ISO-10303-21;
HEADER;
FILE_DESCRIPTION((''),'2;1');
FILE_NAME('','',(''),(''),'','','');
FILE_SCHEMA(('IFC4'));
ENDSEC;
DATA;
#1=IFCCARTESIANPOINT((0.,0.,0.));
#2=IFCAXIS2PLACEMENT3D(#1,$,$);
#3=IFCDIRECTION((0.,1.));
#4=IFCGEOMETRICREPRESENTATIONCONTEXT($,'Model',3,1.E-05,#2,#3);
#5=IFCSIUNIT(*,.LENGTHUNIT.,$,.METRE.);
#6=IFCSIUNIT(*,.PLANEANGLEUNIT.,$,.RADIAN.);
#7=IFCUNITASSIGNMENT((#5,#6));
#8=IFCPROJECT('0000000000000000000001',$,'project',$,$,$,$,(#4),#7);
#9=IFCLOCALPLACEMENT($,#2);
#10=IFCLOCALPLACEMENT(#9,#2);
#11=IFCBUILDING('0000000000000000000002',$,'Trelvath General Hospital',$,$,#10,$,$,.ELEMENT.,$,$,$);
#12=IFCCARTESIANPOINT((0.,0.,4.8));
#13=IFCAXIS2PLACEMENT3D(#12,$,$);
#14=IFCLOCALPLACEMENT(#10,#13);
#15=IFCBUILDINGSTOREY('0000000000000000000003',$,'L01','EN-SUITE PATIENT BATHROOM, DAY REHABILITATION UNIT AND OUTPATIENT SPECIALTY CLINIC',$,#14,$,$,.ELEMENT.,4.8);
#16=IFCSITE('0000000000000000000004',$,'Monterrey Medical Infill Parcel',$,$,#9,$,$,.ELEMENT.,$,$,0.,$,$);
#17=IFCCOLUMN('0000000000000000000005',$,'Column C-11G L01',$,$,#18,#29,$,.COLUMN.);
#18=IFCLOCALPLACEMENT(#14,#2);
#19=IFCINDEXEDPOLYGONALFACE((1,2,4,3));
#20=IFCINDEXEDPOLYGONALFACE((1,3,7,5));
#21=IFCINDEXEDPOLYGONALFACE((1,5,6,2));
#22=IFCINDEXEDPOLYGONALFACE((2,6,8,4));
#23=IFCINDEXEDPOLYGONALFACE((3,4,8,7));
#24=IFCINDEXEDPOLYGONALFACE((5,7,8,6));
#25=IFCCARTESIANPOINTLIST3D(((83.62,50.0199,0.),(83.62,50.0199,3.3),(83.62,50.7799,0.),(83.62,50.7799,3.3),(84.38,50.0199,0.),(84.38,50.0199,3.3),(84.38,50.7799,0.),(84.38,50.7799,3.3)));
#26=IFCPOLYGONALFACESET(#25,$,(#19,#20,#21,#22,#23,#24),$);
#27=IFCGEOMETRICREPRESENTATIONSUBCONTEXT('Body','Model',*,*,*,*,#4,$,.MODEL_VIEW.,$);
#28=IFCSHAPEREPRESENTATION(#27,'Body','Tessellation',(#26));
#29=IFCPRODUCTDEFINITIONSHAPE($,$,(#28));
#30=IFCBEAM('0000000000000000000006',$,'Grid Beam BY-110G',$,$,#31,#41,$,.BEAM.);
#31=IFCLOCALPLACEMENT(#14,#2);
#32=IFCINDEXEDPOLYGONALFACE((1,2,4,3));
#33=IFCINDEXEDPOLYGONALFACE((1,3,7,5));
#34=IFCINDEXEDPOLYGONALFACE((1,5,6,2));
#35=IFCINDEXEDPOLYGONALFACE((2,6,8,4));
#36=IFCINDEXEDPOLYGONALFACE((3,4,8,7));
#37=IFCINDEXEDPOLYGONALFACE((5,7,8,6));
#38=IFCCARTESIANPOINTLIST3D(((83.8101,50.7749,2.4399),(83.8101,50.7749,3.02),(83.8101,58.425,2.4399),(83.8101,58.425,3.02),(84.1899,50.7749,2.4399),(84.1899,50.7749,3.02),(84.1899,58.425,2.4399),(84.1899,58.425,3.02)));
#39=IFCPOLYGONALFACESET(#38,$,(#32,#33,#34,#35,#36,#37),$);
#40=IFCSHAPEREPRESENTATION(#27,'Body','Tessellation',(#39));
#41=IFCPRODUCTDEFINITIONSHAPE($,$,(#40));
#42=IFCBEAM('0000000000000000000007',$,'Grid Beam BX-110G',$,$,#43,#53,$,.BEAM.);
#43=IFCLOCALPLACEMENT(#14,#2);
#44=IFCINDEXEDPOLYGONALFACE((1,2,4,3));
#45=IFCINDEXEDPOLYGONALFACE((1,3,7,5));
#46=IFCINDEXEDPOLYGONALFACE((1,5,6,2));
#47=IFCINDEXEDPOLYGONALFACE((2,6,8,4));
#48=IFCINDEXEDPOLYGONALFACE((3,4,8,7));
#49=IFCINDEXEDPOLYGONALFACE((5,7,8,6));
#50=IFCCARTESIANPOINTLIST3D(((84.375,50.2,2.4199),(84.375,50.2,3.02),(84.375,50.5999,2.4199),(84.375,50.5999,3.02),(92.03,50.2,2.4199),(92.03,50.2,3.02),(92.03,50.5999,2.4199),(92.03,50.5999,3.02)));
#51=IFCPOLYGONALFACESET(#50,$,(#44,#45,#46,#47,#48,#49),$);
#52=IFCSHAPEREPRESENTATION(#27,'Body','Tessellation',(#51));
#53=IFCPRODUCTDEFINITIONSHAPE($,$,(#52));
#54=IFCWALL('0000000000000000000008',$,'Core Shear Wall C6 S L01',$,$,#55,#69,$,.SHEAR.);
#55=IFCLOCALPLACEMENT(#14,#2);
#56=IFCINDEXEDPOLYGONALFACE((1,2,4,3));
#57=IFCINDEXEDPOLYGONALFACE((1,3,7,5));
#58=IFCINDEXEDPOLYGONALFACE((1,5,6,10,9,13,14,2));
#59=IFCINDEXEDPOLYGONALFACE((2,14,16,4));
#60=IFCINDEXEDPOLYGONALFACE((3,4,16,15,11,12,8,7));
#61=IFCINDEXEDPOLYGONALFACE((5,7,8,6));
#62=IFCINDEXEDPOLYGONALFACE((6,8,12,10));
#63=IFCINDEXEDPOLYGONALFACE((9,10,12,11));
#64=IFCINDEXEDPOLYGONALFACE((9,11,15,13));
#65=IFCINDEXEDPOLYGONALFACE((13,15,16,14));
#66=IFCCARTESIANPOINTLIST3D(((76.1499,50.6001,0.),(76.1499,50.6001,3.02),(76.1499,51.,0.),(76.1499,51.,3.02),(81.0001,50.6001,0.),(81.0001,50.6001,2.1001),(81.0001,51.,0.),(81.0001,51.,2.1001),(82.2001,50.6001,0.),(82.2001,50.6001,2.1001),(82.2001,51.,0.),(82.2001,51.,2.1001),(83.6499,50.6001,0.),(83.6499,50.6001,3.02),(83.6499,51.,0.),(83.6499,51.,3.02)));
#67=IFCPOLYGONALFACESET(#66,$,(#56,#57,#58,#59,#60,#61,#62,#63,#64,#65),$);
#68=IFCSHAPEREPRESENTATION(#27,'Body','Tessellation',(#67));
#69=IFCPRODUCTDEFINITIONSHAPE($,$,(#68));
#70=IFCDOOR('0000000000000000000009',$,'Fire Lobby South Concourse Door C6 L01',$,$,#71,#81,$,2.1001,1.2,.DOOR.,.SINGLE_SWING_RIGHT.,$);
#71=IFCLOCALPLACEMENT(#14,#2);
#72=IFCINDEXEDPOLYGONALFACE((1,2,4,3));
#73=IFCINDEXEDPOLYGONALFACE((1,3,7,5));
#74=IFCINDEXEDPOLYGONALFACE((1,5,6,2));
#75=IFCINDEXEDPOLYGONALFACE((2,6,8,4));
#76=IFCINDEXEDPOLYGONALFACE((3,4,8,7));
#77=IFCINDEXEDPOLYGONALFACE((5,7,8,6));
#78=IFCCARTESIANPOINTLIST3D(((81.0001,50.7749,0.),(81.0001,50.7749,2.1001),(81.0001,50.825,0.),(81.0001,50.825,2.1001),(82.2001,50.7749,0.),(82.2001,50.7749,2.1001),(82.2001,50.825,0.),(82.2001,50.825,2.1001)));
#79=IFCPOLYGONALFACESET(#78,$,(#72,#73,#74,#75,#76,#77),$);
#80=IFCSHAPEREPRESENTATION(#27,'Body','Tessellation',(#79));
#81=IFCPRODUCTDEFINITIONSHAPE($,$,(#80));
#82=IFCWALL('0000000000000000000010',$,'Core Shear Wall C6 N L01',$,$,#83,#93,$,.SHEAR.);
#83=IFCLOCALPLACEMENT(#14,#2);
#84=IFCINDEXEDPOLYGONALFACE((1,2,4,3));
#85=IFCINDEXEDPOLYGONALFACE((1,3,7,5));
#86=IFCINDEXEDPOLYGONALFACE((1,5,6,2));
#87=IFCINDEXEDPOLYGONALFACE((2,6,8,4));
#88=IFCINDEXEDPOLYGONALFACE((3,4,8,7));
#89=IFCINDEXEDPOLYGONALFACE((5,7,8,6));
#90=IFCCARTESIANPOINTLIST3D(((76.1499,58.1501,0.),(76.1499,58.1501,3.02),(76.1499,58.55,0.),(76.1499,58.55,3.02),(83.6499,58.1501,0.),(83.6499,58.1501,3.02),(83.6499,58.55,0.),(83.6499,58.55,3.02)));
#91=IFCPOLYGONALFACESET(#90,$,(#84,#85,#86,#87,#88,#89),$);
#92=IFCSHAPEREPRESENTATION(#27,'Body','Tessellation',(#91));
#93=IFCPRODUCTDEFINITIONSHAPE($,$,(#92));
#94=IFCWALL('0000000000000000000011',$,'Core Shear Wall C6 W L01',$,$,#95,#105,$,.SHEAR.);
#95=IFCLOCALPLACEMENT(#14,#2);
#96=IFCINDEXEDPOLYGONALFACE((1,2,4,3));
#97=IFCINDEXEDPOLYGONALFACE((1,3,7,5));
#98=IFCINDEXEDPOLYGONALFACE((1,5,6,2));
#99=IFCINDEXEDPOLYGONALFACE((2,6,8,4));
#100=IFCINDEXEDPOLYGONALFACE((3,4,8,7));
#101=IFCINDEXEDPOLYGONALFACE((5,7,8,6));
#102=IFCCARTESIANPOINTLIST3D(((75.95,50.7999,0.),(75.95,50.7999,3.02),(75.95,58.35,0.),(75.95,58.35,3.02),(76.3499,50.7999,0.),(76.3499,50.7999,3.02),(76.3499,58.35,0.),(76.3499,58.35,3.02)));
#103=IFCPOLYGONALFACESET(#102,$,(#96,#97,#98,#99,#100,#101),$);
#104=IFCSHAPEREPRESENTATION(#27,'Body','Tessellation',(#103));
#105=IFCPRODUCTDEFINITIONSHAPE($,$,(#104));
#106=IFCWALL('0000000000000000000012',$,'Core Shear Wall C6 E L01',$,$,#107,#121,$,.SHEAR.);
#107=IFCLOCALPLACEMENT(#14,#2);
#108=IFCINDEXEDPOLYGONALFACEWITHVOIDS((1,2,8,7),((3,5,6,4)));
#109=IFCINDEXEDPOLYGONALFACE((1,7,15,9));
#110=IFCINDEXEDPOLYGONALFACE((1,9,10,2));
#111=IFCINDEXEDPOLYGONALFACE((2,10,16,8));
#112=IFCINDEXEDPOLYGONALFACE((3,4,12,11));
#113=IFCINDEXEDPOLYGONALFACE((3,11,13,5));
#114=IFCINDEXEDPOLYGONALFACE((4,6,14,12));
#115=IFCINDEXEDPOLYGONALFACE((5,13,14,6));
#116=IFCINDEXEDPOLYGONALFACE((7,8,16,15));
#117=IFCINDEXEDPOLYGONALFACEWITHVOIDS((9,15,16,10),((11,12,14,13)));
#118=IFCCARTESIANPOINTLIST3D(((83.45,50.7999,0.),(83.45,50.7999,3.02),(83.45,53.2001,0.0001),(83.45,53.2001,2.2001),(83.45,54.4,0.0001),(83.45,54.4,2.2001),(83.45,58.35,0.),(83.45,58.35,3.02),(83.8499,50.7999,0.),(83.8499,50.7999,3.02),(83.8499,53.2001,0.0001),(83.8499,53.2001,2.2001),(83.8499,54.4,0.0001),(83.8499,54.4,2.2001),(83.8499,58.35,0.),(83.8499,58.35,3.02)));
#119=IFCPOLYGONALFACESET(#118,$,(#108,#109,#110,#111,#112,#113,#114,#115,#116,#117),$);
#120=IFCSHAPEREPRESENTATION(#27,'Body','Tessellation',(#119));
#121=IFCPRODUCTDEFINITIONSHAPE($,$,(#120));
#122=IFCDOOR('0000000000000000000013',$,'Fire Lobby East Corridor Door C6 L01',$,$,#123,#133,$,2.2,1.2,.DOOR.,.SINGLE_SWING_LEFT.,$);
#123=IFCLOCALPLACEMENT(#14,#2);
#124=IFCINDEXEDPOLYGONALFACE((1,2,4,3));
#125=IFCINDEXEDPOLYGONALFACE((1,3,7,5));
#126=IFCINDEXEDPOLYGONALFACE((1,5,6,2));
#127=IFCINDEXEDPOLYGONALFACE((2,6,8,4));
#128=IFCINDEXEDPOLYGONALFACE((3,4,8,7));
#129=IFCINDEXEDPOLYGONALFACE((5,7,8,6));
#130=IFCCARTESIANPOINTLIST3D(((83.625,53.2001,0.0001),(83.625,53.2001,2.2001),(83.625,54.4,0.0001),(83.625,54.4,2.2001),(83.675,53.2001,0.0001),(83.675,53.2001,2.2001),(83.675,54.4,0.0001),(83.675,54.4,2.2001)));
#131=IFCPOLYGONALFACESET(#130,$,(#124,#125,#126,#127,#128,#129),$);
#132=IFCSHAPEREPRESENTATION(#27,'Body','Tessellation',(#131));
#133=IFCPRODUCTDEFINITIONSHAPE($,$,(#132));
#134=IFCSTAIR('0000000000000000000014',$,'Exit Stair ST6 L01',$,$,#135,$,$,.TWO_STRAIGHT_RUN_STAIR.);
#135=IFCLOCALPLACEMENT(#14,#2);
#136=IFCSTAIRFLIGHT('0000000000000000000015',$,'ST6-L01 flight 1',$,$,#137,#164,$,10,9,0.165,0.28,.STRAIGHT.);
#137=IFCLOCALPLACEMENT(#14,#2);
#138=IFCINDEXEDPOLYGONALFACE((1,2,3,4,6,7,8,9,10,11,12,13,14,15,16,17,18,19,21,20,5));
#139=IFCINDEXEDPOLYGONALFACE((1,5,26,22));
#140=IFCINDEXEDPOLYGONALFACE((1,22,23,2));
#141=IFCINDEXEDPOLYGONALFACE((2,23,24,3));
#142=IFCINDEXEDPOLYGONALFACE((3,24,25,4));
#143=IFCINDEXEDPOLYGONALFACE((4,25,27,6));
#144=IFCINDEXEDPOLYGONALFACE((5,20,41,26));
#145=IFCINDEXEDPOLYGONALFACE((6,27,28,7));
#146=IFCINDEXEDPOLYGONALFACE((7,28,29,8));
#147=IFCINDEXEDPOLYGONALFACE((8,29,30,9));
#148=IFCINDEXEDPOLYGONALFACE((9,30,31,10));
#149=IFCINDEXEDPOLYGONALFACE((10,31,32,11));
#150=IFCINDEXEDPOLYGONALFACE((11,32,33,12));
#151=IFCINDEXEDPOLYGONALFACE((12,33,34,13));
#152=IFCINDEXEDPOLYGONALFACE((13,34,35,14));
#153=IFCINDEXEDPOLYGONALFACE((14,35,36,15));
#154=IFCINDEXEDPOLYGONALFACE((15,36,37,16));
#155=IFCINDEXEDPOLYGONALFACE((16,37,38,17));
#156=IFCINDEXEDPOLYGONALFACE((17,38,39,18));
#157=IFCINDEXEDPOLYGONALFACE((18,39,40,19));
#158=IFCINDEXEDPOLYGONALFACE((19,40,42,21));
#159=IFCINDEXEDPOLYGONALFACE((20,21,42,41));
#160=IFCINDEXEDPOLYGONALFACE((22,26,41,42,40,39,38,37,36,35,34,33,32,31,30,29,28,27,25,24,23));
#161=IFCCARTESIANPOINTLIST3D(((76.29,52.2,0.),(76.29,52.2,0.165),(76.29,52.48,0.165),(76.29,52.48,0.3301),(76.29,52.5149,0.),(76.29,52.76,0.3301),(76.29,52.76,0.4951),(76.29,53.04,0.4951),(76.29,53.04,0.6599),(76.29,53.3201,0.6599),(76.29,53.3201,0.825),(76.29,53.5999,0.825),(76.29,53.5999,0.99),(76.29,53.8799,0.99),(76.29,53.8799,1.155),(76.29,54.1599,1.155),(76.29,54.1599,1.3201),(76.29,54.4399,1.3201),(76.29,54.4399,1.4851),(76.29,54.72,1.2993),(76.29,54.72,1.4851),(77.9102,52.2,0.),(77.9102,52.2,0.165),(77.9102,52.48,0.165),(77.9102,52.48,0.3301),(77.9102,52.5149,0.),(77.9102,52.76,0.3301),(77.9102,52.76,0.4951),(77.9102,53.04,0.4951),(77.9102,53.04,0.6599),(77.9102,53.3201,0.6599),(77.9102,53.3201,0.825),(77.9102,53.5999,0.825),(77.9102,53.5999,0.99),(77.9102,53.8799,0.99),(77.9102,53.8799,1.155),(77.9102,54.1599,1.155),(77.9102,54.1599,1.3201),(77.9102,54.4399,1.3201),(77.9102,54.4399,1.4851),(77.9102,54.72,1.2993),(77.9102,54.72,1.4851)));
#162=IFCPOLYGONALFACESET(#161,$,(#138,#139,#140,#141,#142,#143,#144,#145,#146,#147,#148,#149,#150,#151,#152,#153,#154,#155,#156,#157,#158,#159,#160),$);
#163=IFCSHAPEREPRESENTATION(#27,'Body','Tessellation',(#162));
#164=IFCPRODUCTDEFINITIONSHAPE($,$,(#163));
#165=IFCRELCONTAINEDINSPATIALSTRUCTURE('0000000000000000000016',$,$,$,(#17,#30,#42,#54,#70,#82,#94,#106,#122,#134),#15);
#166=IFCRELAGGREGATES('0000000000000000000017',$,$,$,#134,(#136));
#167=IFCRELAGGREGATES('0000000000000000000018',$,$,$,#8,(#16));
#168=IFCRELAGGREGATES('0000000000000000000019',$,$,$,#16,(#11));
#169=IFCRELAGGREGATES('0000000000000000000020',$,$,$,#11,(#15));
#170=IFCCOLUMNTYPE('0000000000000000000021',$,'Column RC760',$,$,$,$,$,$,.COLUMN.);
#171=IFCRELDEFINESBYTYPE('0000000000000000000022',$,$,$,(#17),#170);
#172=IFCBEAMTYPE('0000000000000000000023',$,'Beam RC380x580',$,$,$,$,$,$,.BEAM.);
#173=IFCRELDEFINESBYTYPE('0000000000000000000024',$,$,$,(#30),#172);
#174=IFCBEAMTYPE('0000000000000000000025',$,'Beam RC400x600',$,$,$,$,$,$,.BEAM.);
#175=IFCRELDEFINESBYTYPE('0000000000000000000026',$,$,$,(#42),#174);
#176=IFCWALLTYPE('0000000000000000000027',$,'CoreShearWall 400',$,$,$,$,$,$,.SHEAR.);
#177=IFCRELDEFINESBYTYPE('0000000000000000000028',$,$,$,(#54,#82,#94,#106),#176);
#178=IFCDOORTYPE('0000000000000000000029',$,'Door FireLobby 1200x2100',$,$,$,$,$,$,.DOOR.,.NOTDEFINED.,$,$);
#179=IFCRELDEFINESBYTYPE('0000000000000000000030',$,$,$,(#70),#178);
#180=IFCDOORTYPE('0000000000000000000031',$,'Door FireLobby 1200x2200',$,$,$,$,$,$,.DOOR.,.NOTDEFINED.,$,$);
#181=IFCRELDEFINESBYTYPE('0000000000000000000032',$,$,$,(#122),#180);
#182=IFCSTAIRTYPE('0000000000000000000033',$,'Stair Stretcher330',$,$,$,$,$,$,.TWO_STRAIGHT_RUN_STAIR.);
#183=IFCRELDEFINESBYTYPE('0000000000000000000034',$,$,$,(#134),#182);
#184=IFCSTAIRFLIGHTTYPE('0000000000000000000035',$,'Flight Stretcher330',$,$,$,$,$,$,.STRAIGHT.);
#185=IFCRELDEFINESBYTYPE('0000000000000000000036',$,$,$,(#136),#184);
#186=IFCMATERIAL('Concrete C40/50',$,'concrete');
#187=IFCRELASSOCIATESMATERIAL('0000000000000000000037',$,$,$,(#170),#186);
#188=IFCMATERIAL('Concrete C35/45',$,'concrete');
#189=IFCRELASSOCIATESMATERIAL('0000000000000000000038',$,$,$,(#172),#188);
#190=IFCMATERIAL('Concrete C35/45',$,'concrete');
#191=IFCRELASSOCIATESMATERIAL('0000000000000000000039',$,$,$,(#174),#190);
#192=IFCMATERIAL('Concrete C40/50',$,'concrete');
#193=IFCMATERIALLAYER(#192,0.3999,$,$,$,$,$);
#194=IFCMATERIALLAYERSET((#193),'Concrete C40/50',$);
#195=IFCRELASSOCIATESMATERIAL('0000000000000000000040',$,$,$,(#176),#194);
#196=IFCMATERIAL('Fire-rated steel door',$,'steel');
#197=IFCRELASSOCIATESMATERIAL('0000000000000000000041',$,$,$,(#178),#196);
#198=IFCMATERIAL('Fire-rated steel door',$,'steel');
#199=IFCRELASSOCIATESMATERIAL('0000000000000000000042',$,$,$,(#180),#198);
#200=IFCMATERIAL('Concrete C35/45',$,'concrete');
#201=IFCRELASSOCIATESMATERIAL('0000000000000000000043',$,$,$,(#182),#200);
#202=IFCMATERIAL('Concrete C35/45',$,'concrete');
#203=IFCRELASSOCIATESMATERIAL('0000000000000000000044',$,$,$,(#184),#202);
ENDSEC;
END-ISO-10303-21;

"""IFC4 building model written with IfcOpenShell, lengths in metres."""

from ifc_helpers import new_model, si_unit, direction, frame, frame_2d, origin, origin_2d, place, context, subcontext, project, spatial, polyline, rectangle, outline, extrude, material, layer, layer_set, material_profile, profile_set, type_object, element, fill, aggregate, save


model = new_model("IFC4")

# Units and contexts
model_context = context("Model", 3, precision=1e-05, world=origin(), true_north=direction((0.0, 1.0)))
body_context = subcontext(model_context, "Body", "Model", "MODEL_VIEW")
ifc_project = project(units=[si_unit("LENGTHUNIT", "METRE"), si_unit("PLANEANGLEUNIT", "RADIAN")], contexts=[model_context])

# Site, building, storey
site_placement = place(None, origin())
site = spatial("IfcSite", under=ifc_project, at=site_placement, Name="Monterrey Medical Infill Parcel", CompositionType="ELEMENT", RefElevation=0.0)
building_placement = place(site_placement, origin())
building = spatial("IfcBuilding", under=site, at=building_placement, Name="Trelvath General Hospital", CompositionType="ELEMENT")
storey_placement = place(building_placement, frame((0.0, 0.0, 4.8)))
storey = spatial("IfcBuildingStorey", under=building, at=storey_placement, Name="L01", Description="EN-SUITE PATIENT BATHROOM, DAY REHABILITATION UNIT AND OUTPATIENT SPECIALTY CLINIC", CompositionType="ELEMENT", Elevation=4.8)

# Column
ifc_material_1 = material(Name="Concrete C40/50", Category="concrete")
ifc_material_profile_1 = material_profile(ifc_material_1, rectangle(XDim=0.76, YDim=0.76, at=origin_2d()), Name="RC760x760")
ifc_profile_set_1 = profile_set([ifc_material_profile_1], Name="Concrete C40/50")
column_type = type_object("IfcColumnType", Name="Column RC760", PredefinedType="COLUMN", material=ifc_profile_set_1)
column_placement = place(storey_placement, frame((84.0, 50.3999, 0.0), z_axis=(0.0, 0.0, 1.0), x_axis=(1.0, 0.0, 0.0)))
element("IfcColumn", 1, at=column_placement, inside=storey, type_object=column_type, Name="Column C-11G L01", PredefinedType="COLUMN", context=body_context, shape_type="SweptSolid", body=[
    extrude(rectangle(XDim=0.76, YDim=0.76, at=origin_2d()), origin(), (0.0, 0.0, 1.0), 3.3),
])

# Beams
ifc_material_2 = material(Name="Concrete C35/45", Category="concrete")
ifc_material_profile_2 = material_profile(ifc_material_2, rectangle(XDim=0.3799, YDim=0.5801, at=origin_2d()), Name="RCB380x580")
ifc_profile_set_2 = profile_set([ifc_material_profile_2], Name="Concrete C35/45")
beam_type_1 = type_object("IfcBeamType", Name="Beam RC380x580", PredefinedType="BEAM", material=ifc_profile_set_2)
beam_1_placement = place(storey_placement, frame((84.0, 50.7749, 2.73), z_axis=(0.0, 1.0, 0.0), x_axis=(-1.0, 0.0, 0.0)))
element("IfcBeam", 2, at=beam_1_placement, inside=storey, type_object=beam_type_1, Name="Grid Beam BY-110G", PredefinedType="BEAM", context=body_context, shape_type="SweptSolid", body=[
    extrude(rectangle(XDim=0.3799, YDim=0.5801, at=origin_2d()), origin(), (0.0, 0.0, 1.0), 7.6501),
])
ifc_material_3 = material(Name="Concrete C35/45", Category="concrete")
ifc_material_profile_3 = material_profile(ifc_material_3, rectangle(XDim=0.3999, YDim=0.6001, at=origin_2d()), Name="RCB400x600")
ifc_profile_set_3 = profile_set([ifc_material_profile_3], Name="Concrete C35/45")
beam_type_2 = type_object("IfcBeamType", Name="Beam RC400x600", PredefinedType="BEAM", material=ifc_profile_set_3)
beam_2_placement = place(storey_placement, frame((84.375, 50.3999, 2.72), z_axis=(1.0, 0.0, 0.0), x_axis=(0.0, 1.0, 0.0)))
element("IfcBeam", 3, at=beam_2_placement, inside=storey, type_object=beam_type_2, Name="Grid Beam BX-110G", PredefinedType="BEAM", context=body_context, shape_type="SweptSolid", body=[
    extrude(rectangle(XDim=0.3999, YDim=0.6001, at=origin_2d()), origin(), (0.0, 0.0, 1.0), 7.655),
])

# Wall, opening, door
ifc_material_4 = material(Name="Concrete C40/50", Category="concrete")
ifc_layer = layer(ifc_material_4, 0.3999)
ifc_layer_set = layer_set([ifc_layer], Name="Concrete C40/50")
wall_type = type_object("IfcWallType", Name="CoreShearWall 400", PredefinedType="SHEAR", material=ifc_layer_set)
wall_1_placement = place(storey_placement, frame((76.1499, 50.8, 0.0), z_axis=(0.0, 0.0, 1.0), x_axis=(1.0, 0.0, 0.0)))
wall_1 = element("IfcWall", 4, at=wall_1_placement, inside=storey, type_object=wall_type, Name="Core Shear Wall C6 S L01", PredefinedType="SHEAR", context=body_context, shape_type="SweptSolid", body=[
    extrude(rectangle(XDim=7.5, YDim=0.3999, at=frame_2d((3.75, 0.0))), origin(), (0.0, 0.0, 1.0), 3.02),
])
opening_1_placement = place(wall_1_placement, frame((4.8501, 0.0, 0.0)))
opening_1 = element("IfcOpeningElement", 5, at=opening_1_placement, cuts=wall_1, PredefinedType="OPENING", context=body_context, shape_type="SweptSolid", body=[
    extrude(rectangle(XDim=1.2, YDim=2.1001, at=frame_2d((0.6001, 1.05))), frame((0.0, 0.21, 0.0), z_axis=(0.0, -1.0, 0.0), x_axis=(1.0, 0.0, 0.0)), (0.0, 0.0, 1.0), 0.4199),
])
ifc_material_5 = material(Name="Fire-rated steel door", Category="steel")
door_type_1 = type_object("IfcDoorType", Name="Door FireLobby 1200x2100", OperationType="NOTDEFINED", PredefinedType="DOOR", material=ifc_material_5)
door_1_placement = place(opening_1_placement, origin())
door_1 = element("IfcDoor", 6, at=door_1_placement, inside=storey, type_object=door_type_1, Name="Fire Lobby South Concourse Door C6 L01", OperationType="SINGLE_SWING_RIGHT", OverallHeight=2.1001, OverallWidth=1.2, PredefinedType="DOOR", context=body_context, shape_type="SweptSolid", body=[
    extrude(rectangle(XDim=1.2, YDim=2.1001, at=frame_2d((0.6001, 1.05))), frame((0.0, 0.0249, 0.0), z_axis=(0.0, -1.0, 0.0), x_axis=(1.0, 0.0, 0.0)), (0.0, 0.0, 1.0), 0.05),
])
fill(opening_1, door_1)

# Walls
wall_2_placement = place(storey_placement, frame((76.1499, 58.3501, 0.0), z_axis=(0.0, 0.0, 1.0), x_axis=(1.0, 0.0, 0.0)))
element("IfcWall", 7, at=wall_2_placement, inside=storey, type_object=wall_type, Name="Core Shear Wall C6 N L01", PredefinedType="SHEAR", context=body_context, shape_type="SweptSolid", body=[
    extrude(rectangle(XDim=7.5, YDim=0.3999, at=frame_2d((3.75, 0.0))), origin(), (0.0, 0.0, 1.0), 3.02),
])
wall_3_placement = place(storey_placement, frame((76.1499, 50.8, 0.0), z_axis=(0.0, 0.0, 1.0), x_axis=(0.0, 1.0, 0.0)))
element("IfcWall", 8, at=wall_3_placement, inside=storey, type_object=wall_type, Name="Core Shear Wall C6 W L01", PredefinedType="SHEAR", context=body_context, shape_type="SweptSolid", body=[
    extrude(rectangle(XDim=7.55, YDim=0.3999, at=frame_2d((3.7749, 0.0))), origin(), (0.0, 0.0, 1.0), 3.02),
])

# Wall, opening, door
wall_4_placement = place(storey_placement, frame((83.6499, 50.8, 0.0), z_axis=(0.0, 0.0, 1.0), x_axis=(0.0, 1.0, 0.0)))
wall_4 = element("IfcWall", 9, at=wall_4_placement, inside=storey, type_object=wall_type, Name="Core Shear Wall C6 E L01", PredefinedType="SHEAR", context=body_context, shape_type="SweptSolid", body=[
    extrude(rectangle(XDim=7.55, YDim=0.3999, at=frame_2d((3.7749, 0.0))), origin(), (0.0, 0.0, 1.0), 3.02),
])
opening_2_placement = place(wall_4_placement, frame((2.3999, 0.0, 0.0)))
opening_2 = element("IfcOpeningElement", 10, at=opening_2_placement, cuts=wall_4, PredefinedType="OPENING", context=body_context, shape_type="SweptSolid", body=[
    extrude(rectangle(XDim=1.2, YDim=2.2, at=frame_2d((0.6001, 1.1001))), frame((0.0, 0.21, 0.0), z_axis=(0.0, -1.0, 0.0), x_axis=(1.0, 0.0, 0.0)), (0.0, 0.0, 1.0), 0.4199),
])
ifc_material_6 = material(Name="Fire-rated steel door", Category="steel")
door_type_2 = type_object("IfcDoorType", Name="Door FireLobby 1200x2200", OperationType="NOTDEFINED", PredefinedType="DOOR", material=ifc_material_6)
door_2_placement = place(opening_2_placement, origin())
door_2 = element("IfcDoor", 11, at=door_2_placement, inside=storey, type_object=door_type_2, Name="Fire Lobby East Corridor Door C6 L01", OperationType="SINGLE_SWING_LEFT", OverallHeight=2.2, OverallWidth=1.2, PredefinedType="DOOR", context=body_context, shape_type="SweptSolid", body=[
    extrude(rectangle(XDim=1.2, YDim=2.2, at=frame_2d((0.6001, 1.1001))), frame((0.0, 0.0249, 0.0), z_axis=(0.0, -1.0, 0.0), x_axis=(1.0, 0.0, 0.0)), (0.0, 0.0, 1.0), 0.05),
])
fill(opening_2, door_2)

# Stair, stair flight
ifc_material_7 = material(Name="Concrete C35/45", Category="concrete")
stair_type = type_object("IfcStairType", Name="Stair Stretcher330", PredefinedType="TWO_STRAIGHT_RUN_STAIR", material=ifc_material_7)
stair_placement = place(storey_placement, origin())
stair = element("IfcStair", 12, at=stair_placement, inside=storey, type_object=stair_type, Name="Exit Stair ST6 L01", PredefinedType="TWO_STRAIGHT_RUN_STAIR")
ifc_material_8 = material(Name="Concrete C35/45", Category="concrete")
stair_flight_type = type_object("IfcStairFlightType", Name="Flight Stretcher330", PredefinedType="STRAIGHT", material=ifc_material_8)
stair_flight_1_placement = place(storey_placement, frame((77.1001, 52.2, 0.0), z_axis=(0.0, 0.0, 1.0), x_axis=(0.0, 1.0, 0.0)))
stair_flight_1 = element("IfcStairFlight", 13, at=stair_flight_1_placement, type_object=stair_flight_type, Name="ST6-L01 flight 1", NumberOfRisers=10, NumberOfTreads=9, PredefinedType="STRAIGHT", RiserHeight=0.165, TreadLength=0.28, context=body_context, shape_type="SweptSolid", body=[
    extrude(outline(polyline([(0.0, 0.0), (0.0, 0.165), (0.28, 0.165), (0.28, 0.3301), (0.5601, 0.3301), (0.5601, 0.4951), (0.8401, 0.4951), (0.8401, 0.6599), (1.1201, 0.6599), (1.1201, 0.825), (1.3999, 0.825), (1.3999, 0.99), (1.6799, 0.99), (1.6799, 1.155), (1.96, 1.155), (1.96, 1.3201), (2.24, 1.3201), (2.24, 1.4851), (2.52, 1.4851), (2.52, 1.6499), (2.52, 1.2993), (0.3149, 0.0), (0.0, 0.0)])), frame((0.0, 0.8101, 0.0), z_axis=(0.0, -1.0, 0.0), x_axis=(1.0, 0.0, 0.0)), (0.0, 0.0, 1.0), 1.6201),
])
aggregate(stair, [stair_flight_1])

save(model, "model.ifc")
